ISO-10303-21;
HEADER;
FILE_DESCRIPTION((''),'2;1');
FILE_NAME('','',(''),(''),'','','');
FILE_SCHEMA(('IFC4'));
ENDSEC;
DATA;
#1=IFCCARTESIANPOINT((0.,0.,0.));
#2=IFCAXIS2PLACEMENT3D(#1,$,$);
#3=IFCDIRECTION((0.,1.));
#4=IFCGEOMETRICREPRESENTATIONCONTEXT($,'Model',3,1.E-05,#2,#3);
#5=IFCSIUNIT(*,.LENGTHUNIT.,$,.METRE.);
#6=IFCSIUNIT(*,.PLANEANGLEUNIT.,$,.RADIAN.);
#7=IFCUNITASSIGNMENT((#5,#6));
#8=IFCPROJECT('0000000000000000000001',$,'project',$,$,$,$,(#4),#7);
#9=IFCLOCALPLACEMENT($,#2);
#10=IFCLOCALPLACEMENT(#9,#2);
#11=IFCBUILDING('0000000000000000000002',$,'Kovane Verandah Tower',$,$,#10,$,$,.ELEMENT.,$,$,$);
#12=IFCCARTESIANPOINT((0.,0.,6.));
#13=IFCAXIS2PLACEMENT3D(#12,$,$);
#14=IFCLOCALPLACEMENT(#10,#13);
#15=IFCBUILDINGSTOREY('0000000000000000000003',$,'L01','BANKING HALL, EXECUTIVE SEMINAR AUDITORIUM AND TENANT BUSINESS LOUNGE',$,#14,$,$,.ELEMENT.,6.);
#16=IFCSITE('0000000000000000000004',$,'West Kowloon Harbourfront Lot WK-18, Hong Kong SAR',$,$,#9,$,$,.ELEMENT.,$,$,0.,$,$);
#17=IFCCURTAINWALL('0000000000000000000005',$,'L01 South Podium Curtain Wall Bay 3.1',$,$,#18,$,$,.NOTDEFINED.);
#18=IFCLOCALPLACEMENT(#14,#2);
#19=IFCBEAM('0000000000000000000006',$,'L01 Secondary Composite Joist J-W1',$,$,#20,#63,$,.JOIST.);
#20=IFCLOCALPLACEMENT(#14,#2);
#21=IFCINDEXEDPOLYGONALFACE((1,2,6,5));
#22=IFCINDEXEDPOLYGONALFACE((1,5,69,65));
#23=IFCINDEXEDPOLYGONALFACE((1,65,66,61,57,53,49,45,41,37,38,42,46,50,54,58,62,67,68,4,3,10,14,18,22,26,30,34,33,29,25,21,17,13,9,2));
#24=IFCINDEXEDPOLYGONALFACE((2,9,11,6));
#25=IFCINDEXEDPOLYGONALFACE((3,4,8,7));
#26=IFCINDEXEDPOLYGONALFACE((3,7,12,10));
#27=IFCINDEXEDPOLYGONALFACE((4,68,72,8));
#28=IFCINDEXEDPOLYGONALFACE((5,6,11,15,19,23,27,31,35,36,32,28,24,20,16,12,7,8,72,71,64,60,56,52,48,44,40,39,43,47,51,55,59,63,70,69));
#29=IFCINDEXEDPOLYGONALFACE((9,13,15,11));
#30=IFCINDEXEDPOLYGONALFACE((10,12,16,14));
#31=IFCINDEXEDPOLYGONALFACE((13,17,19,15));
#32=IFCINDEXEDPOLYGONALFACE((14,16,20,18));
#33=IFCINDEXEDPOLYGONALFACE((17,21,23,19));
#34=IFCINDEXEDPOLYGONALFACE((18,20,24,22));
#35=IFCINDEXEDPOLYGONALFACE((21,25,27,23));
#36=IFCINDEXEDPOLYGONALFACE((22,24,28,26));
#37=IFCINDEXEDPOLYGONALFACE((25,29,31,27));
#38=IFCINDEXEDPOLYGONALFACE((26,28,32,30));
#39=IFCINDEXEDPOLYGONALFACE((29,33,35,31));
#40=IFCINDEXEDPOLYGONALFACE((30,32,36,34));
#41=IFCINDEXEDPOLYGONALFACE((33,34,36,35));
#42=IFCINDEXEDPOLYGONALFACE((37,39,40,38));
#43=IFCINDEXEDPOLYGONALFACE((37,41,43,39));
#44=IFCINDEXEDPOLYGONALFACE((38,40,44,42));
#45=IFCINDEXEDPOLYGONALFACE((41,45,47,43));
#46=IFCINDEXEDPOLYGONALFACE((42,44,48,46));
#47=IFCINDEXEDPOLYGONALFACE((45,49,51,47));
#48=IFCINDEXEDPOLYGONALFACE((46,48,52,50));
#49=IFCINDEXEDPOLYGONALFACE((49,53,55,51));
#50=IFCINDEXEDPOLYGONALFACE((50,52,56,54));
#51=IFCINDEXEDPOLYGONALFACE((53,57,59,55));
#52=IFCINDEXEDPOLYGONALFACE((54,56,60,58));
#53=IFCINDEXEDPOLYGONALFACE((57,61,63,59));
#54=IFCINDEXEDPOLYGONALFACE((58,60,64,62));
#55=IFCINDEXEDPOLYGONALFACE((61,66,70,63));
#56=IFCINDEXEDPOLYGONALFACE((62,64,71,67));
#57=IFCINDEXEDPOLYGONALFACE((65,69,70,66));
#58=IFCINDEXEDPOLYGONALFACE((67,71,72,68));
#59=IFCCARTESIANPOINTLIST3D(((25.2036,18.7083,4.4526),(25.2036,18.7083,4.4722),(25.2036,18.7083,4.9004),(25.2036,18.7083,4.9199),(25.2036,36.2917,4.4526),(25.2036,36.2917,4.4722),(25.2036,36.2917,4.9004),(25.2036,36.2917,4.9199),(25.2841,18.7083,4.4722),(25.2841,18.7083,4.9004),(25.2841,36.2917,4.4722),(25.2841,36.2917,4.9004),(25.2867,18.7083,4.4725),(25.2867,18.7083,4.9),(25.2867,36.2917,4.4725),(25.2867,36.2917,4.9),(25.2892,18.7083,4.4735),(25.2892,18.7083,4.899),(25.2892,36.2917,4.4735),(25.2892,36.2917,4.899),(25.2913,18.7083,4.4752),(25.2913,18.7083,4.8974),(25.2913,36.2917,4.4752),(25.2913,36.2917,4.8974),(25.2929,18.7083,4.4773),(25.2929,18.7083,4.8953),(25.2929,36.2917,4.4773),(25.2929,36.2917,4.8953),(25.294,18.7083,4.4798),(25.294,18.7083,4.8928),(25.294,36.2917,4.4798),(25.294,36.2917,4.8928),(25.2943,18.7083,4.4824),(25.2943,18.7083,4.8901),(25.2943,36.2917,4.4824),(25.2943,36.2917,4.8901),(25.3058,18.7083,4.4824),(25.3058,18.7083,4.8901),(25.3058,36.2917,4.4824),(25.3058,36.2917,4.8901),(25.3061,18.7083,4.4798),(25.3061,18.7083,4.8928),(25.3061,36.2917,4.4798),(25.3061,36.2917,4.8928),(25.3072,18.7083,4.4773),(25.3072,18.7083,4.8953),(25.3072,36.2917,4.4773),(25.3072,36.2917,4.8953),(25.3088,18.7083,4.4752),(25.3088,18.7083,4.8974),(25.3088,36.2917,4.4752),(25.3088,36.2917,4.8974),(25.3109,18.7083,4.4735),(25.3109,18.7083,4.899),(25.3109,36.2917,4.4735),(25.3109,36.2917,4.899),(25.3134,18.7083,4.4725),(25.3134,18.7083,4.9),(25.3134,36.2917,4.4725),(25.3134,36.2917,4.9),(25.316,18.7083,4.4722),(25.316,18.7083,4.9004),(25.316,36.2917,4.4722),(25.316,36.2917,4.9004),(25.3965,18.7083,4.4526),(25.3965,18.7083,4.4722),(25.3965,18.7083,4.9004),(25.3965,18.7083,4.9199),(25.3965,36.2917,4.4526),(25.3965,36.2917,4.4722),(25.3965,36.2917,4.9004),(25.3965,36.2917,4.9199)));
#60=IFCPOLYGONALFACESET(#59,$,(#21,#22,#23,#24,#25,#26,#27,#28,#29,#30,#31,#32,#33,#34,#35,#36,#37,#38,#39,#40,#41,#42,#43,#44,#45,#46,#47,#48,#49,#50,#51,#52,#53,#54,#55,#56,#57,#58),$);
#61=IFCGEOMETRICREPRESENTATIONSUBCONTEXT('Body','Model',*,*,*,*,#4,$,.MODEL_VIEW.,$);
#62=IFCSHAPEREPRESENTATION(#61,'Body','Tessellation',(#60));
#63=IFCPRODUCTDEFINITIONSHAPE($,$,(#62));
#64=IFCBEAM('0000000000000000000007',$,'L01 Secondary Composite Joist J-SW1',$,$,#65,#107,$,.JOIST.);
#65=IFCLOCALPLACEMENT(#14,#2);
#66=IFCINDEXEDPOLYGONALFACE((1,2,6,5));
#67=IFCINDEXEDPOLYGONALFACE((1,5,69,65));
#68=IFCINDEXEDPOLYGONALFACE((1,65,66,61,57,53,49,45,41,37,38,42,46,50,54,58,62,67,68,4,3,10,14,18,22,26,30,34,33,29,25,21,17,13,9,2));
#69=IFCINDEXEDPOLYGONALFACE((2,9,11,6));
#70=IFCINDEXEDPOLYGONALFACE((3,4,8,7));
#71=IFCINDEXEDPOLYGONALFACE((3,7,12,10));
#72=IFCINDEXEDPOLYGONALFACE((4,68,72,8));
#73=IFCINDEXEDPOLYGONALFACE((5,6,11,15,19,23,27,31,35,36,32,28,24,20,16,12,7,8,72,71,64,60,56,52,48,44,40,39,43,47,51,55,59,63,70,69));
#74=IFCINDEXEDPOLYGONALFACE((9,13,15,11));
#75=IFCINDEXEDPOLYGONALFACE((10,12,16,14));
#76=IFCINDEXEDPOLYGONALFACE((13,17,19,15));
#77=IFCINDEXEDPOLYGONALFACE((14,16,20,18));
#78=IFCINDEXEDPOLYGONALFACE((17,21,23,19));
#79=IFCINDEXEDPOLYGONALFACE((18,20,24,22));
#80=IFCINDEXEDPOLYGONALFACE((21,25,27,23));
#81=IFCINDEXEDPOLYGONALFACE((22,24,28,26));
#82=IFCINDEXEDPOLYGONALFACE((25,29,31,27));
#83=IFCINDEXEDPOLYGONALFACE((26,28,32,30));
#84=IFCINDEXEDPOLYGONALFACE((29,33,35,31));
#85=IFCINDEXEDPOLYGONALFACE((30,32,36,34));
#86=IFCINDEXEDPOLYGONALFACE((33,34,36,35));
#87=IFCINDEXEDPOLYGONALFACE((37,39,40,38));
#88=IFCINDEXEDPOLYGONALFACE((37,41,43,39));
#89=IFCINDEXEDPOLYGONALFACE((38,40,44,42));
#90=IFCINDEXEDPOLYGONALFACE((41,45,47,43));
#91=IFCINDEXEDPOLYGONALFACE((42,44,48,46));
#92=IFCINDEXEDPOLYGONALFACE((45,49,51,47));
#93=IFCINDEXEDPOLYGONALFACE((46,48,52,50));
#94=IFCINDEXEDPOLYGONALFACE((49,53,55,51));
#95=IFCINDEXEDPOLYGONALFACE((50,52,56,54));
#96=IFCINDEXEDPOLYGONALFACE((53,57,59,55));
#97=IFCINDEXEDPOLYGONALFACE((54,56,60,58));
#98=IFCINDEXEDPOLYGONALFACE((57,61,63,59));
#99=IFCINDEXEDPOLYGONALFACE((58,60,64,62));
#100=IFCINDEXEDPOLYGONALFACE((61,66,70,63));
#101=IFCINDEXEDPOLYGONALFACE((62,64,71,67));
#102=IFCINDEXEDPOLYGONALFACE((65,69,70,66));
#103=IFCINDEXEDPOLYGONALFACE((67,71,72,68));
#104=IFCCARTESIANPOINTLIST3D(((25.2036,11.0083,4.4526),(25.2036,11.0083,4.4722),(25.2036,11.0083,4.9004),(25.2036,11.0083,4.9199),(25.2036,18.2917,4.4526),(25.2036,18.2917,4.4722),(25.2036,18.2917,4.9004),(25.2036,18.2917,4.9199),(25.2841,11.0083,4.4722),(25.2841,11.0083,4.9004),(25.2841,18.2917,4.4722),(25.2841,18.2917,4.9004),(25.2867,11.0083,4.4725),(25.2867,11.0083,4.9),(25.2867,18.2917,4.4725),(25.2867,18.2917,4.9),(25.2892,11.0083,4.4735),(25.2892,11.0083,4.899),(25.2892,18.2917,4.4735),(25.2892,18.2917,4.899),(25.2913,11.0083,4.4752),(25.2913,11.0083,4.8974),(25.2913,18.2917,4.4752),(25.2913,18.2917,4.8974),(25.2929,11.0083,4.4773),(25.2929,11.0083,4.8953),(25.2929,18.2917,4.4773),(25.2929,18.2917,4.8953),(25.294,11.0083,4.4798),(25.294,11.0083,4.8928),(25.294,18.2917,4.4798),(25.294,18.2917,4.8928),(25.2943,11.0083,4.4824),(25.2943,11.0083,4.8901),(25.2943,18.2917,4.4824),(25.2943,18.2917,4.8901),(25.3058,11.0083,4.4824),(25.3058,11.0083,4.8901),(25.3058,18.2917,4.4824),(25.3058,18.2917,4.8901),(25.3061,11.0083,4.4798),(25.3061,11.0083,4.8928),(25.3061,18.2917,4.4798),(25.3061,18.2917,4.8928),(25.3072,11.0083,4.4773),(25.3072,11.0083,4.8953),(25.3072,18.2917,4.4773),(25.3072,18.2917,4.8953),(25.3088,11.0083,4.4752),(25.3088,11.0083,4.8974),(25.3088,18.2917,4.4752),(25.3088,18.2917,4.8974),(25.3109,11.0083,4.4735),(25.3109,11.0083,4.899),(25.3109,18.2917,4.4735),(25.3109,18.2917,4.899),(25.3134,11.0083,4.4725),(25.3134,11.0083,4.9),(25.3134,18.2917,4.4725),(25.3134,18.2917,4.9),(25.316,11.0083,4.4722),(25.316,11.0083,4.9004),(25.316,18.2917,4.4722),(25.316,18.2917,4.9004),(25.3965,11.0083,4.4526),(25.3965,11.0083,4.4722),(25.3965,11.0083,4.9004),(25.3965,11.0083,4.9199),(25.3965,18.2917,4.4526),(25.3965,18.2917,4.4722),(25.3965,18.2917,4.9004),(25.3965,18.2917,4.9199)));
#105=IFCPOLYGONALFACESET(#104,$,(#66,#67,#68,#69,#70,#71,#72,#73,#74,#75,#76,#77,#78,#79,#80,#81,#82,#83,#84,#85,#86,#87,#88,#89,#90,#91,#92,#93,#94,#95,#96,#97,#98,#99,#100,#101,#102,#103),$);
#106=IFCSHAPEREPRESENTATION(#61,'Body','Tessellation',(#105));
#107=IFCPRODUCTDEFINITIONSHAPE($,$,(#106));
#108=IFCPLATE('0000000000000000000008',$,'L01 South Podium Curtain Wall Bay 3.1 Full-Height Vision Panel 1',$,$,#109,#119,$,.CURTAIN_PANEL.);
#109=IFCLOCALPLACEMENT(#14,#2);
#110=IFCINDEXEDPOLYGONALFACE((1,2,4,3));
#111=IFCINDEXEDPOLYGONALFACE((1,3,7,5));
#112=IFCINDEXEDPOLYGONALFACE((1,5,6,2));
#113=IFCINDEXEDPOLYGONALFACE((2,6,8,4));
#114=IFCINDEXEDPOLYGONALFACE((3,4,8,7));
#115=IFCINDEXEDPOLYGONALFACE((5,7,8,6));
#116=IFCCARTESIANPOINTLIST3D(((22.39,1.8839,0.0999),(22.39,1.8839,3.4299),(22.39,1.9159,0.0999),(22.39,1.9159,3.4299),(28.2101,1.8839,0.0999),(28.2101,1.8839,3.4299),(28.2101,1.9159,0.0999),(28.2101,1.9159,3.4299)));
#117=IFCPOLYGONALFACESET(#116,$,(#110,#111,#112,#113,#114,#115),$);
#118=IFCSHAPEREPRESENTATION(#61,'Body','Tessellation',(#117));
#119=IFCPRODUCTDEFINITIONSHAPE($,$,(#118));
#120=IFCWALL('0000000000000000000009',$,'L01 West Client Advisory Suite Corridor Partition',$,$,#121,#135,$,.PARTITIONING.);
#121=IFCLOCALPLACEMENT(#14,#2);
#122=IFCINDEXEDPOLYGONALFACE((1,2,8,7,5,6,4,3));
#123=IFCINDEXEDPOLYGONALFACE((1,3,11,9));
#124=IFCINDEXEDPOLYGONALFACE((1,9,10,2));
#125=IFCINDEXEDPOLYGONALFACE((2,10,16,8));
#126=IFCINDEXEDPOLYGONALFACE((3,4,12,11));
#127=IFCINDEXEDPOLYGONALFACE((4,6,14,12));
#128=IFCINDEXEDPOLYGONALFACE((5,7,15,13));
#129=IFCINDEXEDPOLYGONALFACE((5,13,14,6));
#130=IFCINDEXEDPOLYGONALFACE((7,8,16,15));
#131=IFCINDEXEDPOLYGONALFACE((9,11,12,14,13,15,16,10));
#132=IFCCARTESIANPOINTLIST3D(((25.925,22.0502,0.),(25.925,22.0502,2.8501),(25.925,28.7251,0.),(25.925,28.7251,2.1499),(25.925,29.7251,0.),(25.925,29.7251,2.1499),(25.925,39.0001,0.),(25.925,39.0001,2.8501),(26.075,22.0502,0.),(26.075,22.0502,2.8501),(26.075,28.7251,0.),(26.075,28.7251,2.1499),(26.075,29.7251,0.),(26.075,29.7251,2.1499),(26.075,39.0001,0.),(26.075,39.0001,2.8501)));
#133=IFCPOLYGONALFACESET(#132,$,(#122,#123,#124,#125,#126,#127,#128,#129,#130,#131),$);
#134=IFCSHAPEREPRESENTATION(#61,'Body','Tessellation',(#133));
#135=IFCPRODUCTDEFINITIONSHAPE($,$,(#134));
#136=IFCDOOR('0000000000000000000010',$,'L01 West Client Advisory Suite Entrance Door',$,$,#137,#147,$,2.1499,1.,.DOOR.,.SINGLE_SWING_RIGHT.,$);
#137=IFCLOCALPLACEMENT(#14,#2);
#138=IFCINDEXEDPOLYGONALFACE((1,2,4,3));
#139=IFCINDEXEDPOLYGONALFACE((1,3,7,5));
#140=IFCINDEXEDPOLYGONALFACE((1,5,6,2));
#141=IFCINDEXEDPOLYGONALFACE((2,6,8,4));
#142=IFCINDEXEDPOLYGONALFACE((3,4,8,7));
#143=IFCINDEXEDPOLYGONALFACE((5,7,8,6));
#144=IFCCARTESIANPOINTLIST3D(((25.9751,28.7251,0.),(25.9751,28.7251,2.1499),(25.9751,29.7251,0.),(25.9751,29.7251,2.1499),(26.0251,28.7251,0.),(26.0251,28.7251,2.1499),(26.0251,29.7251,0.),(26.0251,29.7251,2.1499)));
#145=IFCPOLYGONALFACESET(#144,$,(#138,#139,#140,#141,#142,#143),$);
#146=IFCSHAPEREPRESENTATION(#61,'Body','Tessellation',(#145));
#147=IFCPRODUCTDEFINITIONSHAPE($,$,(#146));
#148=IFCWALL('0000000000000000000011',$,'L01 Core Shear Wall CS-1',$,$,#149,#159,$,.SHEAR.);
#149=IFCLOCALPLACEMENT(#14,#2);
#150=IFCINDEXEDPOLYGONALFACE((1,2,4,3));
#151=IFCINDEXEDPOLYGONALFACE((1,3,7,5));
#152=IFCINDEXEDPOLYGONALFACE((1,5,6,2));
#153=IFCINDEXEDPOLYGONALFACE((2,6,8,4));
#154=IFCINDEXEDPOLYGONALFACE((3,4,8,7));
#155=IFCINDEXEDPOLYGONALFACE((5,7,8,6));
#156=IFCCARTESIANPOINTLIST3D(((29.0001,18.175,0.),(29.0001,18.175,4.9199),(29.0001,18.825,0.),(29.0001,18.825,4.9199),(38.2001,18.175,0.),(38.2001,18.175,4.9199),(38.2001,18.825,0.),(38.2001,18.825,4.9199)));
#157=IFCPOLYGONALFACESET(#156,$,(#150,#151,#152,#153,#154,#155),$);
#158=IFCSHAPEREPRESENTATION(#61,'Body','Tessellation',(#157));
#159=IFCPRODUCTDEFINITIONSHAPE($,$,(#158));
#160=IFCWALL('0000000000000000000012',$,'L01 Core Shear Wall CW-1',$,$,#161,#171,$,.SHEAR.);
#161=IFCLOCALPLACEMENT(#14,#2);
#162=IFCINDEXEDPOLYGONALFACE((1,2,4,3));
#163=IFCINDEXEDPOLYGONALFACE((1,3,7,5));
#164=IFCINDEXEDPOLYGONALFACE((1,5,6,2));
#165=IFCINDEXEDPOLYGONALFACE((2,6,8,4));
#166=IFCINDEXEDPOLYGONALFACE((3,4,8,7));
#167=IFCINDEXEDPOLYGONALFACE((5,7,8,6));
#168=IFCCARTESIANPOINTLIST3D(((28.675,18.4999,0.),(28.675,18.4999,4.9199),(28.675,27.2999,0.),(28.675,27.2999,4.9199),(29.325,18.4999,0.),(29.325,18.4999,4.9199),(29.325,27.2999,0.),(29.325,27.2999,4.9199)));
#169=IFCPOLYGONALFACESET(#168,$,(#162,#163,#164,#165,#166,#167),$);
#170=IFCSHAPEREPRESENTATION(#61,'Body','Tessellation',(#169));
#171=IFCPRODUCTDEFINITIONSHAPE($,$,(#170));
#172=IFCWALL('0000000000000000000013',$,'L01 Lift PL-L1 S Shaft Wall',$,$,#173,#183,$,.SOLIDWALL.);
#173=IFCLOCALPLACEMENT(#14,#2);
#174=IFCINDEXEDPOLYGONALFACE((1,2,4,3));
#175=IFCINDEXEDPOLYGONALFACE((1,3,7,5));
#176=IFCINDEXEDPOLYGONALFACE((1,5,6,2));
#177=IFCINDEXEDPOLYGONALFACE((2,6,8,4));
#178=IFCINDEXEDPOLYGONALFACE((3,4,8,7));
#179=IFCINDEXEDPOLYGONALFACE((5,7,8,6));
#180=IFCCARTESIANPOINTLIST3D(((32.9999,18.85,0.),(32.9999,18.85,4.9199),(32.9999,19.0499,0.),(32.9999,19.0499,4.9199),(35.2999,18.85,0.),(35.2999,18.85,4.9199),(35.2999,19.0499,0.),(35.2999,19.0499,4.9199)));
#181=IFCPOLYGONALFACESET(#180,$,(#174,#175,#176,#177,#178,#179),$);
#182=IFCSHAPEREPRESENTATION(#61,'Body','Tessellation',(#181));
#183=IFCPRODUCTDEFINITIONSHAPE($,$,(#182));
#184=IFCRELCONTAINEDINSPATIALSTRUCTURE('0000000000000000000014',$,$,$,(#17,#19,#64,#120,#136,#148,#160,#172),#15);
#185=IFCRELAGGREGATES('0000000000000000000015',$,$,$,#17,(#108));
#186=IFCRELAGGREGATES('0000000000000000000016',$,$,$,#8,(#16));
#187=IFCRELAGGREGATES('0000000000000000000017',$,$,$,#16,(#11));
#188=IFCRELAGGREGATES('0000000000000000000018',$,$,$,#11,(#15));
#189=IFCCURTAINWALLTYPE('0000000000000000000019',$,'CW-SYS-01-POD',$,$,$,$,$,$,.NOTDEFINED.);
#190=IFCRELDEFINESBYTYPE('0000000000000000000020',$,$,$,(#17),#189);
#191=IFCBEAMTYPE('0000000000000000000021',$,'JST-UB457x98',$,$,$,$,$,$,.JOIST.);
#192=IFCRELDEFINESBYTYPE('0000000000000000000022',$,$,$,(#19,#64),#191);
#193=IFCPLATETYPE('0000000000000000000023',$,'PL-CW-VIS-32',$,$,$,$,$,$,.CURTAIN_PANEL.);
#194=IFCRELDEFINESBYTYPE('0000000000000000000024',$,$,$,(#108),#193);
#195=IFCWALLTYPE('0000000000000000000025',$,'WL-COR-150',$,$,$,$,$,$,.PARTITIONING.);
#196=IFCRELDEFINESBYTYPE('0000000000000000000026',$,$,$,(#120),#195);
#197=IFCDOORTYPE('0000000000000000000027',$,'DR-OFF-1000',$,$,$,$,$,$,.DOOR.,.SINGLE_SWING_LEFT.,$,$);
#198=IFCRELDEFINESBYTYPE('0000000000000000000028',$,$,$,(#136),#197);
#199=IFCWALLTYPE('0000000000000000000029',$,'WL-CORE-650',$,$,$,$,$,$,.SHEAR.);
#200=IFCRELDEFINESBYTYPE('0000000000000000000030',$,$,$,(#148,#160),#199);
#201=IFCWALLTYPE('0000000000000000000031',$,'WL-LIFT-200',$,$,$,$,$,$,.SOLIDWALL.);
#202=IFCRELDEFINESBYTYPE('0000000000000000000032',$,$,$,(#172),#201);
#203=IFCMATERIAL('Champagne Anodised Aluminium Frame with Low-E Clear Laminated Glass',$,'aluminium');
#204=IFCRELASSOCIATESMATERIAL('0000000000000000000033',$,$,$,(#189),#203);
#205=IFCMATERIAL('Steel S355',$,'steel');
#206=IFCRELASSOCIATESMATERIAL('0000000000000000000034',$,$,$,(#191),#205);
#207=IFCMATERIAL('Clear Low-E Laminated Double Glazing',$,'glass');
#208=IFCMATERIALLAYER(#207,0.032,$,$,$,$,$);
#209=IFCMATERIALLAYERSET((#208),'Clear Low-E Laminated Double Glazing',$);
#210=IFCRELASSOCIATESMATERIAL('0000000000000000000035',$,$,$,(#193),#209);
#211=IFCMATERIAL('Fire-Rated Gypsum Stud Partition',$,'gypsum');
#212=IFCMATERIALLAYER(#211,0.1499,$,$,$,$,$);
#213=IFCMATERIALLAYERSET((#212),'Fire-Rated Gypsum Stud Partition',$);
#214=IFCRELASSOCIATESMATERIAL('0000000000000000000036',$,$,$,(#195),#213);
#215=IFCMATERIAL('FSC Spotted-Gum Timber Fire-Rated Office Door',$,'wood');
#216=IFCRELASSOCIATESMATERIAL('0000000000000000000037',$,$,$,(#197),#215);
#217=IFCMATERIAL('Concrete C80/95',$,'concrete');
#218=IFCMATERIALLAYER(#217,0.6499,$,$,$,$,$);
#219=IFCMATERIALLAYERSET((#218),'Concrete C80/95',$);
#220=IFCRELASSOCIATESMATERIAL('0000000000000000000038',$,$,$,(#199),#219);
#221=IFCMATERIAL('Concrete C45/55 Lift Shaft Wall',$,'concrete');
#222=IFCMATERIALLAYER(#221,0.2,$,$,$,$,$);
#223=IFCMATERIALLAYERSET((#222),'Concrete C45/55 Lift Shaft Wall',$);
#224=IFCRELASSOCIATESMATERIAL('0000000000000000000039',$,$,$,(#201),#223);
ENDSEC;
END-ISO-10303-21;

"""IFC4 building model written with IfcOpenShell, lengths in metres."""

from ifc_helpers import new_model, si_unit, direction, frame, frame_2d, origin, origin_2d, place, context, subcontext, project, spatial, rectangle, i_section, extrude, material, layer, layer_set, material_profile, profile_set, type_object, element, fill, aggregate, save


model = new_model("IFC4")

# Units and contexts
model_context = context("Model", 3, precision=1e-05, world=origin(), true_north=direction((0.0, 1.0)))
body_context = subcontext(model_context, "Body", "Model", "MODEL_VIEW")
ifc_project = project(units=[si_unit("LENGTHUNIT", "METRE"), si_unit("PLANEANGLEUNIT", "RADIAN")], contexts=[model_context])

# Site, building, storey
site_placement = place(None, origin())
site = spatial("IfcSite", under=ifc_project, at=site_placement, Name="West Kowloon Harbourfront Lot WK-18, Hong Kong SAR", CompositionType="ELEMENT", RefElevation=0.0)
building_placement = place(site_placement, origin())
building = spatial("IfcBuilding", under=site, at=building_placement, Name="Kovane Verandah Tower", CompositionType="ELEMENT")
storey_placement = place(building_placement, frame((0.0, 0.0, 6.0)))
storey = spatial("IfcBuildingStorey", under=building, at=storey_placement, Name="L01", Description="BANKING HALL, EXECUTIVE SEMINAR AUDITORIUM AND TENANT BUSINESS LOUNGE", CompositionType="ELEMENT", Elevation=6.0)

# Shared definitions
ifc_material_1 = material(Name="Concrete C80/95", Category="concrete")

# Curtain wall
ifc_material_2 = material(Name="Champagne Anodised Aluminium Frame with Low-E Clear Laminated Glass", Category="aluminium")
curtain_wall_type = type_object("IfcCurtainWallType", Name="CW-SYS-01-POD", PredefinedType="NOTDEFINED", material=ifc_material_2)
curtain_wall_placement = place(storey_placement, origin())
curtain_wall = element("IfcCurtainWall", 1, at=curtain_wall_placement, inside=storey, type_object=curtain_wall_type, Name="L01 South Podium Curtain Wall Bay 3.1", PredefinedType="NOTDEFINED")

# Beams
ifc_material_3 = material(Name="Steel S355", Category="steel")
ifc_material_profile_1 = material_profile(ifc_material_3, i_section(OverallWidth=0.1929, OverallDepth=0.4673, WebThickness=0.0115, FlangeThickness=0.0195, FilletRadius=0.0103, at=origin_2d()), Name="UB457x191x98")
ifc_profile_set_1 = profile_set([ifc_material_profile_1], Name="Steel S355")
beam_type_1 = type_object("IfcBeamType", Name="JST-UB457x98", PredefinedType="JOIST", material=ifc_profile_set_1)
beam_1_placement = place(storey_placement, frame((25.3, 18.7083, 4.6863), z_axis=(0.0, 1.0, 0.0), x_axis=(-1.0, 0.0, 0.0)))
element("IfcBeam", 2, at=beam_1_placement, inside=storey, type_object=beam_type_1, Name="L01 Secondary Composite Joist J-W1", PredefinedType="JOIST", context=body_context, shape_type="SweptSolid", body=[
    extrude(i_section(OverallWidth=0.1929, OverallDepth=0.4673, WebThickness=0.0115, FlangeThickness=0.0195, FilletRadius=0.0103, at=origin_2d()), origin(), (0.0, 0.0, 1.0), 17.5835),
])
beam_2_placement = place(storey_placement, frame((25.3, 11.0083, 4.6863), z_axis=(0.0, 1.0, 0.0), x_axis=(-1.0, 0.0, 0.0)))
element("IfcBeam", 3, at=beam_2_placement, inside=storey, type_object=beam_type_1, Name="L01 Secondary Composite Joist J-SW1", PredefinedType="JOIST", context=body_context, shape_type="SweptSolid", body=[
    extrude(i_section(OverallWidth=0.1929, OverallDepth=0.4673, WebThickness=0.0115, FlangeThickness=0.0195, FilletRadius=0.0103, at=origin_2d()), origin(), (0.0, 0.0, 1.0), 7.2834),
])

# Plate
ifc_material_4 = material(Name="Clear Low-E Laminated Double Glazing", Category="glass")
ifc_layer_1 = layer(ifc_material_4, 0.032)
ifc_layer_set_1 = layer_set([ifc_layer_1], Name="Clear Low-E Laminated Double Glazing")
plate_type = type_object("IfcPlateType", Name="PL-CW-VIS-32", PredefinedType="CURTAIN_PANEL", material=ifc_layer_set_1)
plate_placement = place(storey_placement, frame((25.3, 1.8999, 0.0999), z_axis=(0.0, 0.0, 1.0), x_axis=(1.0, 0.0, 0.0)))
plate = element("IfcPlate", 4, at=plate_placement, type_object=plate_type, Name="L01 South Podium Curtain Wall Bay 3.1 Full-Height Vision Panel 1", PredefinedType="CURTAIN_PANEL", context=body_context, shape_type="SweptSolid", body=[
    extrude(rectangle(XDim=5.8201, YDim=0.032, at=origin_2d()), origin(), (0.0, 0.0, 1.0), 3.3301),
])
aggregate(curtain_wall, [plate])

# Wall, opening, door
ifc_material_5 = material(Name="Fire-Rated Gypsum Stud Partition", Category="gypsum")
ifc_layer_2 = layer(ifc_material_5, 0.1499)
ifc_layer_set_2 = layer_set([ifc_layer_2], Name="Fire-Rated Gypsum Stud Partition")
wall_type_1 = type_object("IfcWallType", Name="WL-COR-150", PredefinedType="PARTITIONING", material=ifc_layer_set_2)
wall_1_placement = place(storey_placement, frame((26.0, 22.05, 0.0), z_axis=(0.0, 0.0, 1.0), x_axis=(0.0, 1.0, 0.0)))
wall_1 = element("IfcWall", 5, at=wall_1_placement, inside=storey, type_object=wall_type_1, Name="L01 West Client Advisory Suite Corridor Partition", PredefinedType="PARTITIONING", context=body_context, shape_type="SweptSolid", body=[
    extrude(rectangle(XDim=16.95, YDim=0.1499, at=frame_2d((8.4751, 0.0))), origin(), (0.0, 0.0, 1.0), 2.8501),
])
opening_1_placement = place(wall_1_placement, frame((6.675, 0.0, 0.0)))
opening_1 = element("IfcOpeningElement", 6, at=opening_1_placement, cuts=wall_1, PredefinedType="OPENING", context=body_context, shape_type="SweptSolid", body=[
    extrude(rectangle(XDim=1.0, YDim=2.1499, at=frame_2d((0.5, 1.075))), frame((0.0, 0.075, 0.0), z_axis=(0.0, -1.0, 0.0), x_axis=(1.0, 0.0, 0.0)), (0.0, 0.0, 1.0), 0.1499),
])
ifc_material_6 = material(Name="FSC Spotted-Gum Timber Fire-Rated Office Door", Category="wood")
door_type_1 = type_object("IfcDoorType", Name="DR-OFF-1000", OperationType="SINGLE_SWING_LEFT", PredefinedType="DOOR", material=ifc_material_6)
door_1_placement = place(opening_1_placement, origin())
door_1 = element("IfcDoor", 7, at=door_1_placement, inside=storey, type_object=door_type_1, Name="L01 West Client Advisory Suite Entrance Door", OperationType="SINGLE_SWING_RIGHT", OverallHeight=2.1499, OverallWidth=1.0, PredefinedType="DOOR", context=body_context, shape_type="SweptSolid", body=[
    extrude(rectangle(XDim=1.0, YDim=2.1499, at=frame_2d((0.5, 1.075))), frame((0.0, 0.0249, 0.0), z_axis=(0.0, -1.0, 0.0), x_axis=(1.0, 0.0, 0.0)), (0.0, 0.0, 1.0), 0.05),
])
fill(opening_1, door_1)

# Walls
ifc_layer_3 = layer(ifc_material_1, 0.6499)
ifc_layer_set_3 = layer_set([ifc_layer_3], Name="Concrete C80/95")
wall_type_2 = type_object("IfcWallType", Name="WL-CORE-650", PredefinedType="SHEAR", material=ifc_layer_set_3)
wall_2_placement = place(storey_placement, frame((29.0, 18.5, 0.0), z_axis=(0.0, 0.0, 1.0), x_axis=(1.0, 0.0, 0.0)))
element("IfcWall", 8, at=wall_2_placement, inside=storey, type_object=wall_type_2, Name="L01 Core Shear Wall CS-1", PredefinedType="SHEAR", context=body_context, shape_type="SweptSolid", body=[
    extrude(rectangle(XDim=9.2, YDim=0.6499, at=frame_2d((4.6001, 0.0))), origin(), (0.0, 0.0, 1.0), 4.9199),
])
wall_3_placement = place(storey_placement, frame((29.0, 18.5, 0.0), z_axis=(0.0, 0.0, 1.0), x_axis=(0.0, 1.0, 0.0)))
element("IfcWall", 9, at=wall_3_placement, inside=storey, type_object=wall_type_2, Name="L01 Core Shear Wall CW-1", PredefinedType="SHEAR", context=body_context, shape_type="SweptSolid", body=[
    extrude(rectangle(XDim=8.8, YDim=0.6499, at=frame_2d((4.3999, 0.0))), origin(), (0.0, 0.0, 1.0), 4.9199),
])
ifc_material_7 = material(Name="Concrete C45/55 Lift Shaft Wall", Category="concrete")
ifc_layer_4 = layer(ifc_material_7, 0.2)
ifc_layer_set_4 = layer_set([ifc_layer_4], Name="Concrete C45/55 Lift Shaft Wall")
wall_type_3 = type_object("IfcWallType", Name="WL-LIFT-200", PredefinedType="SOLIDWALL", material=ifc_layer_set_4)
for number, where, z_axis, x_axis, name in (
    (10, (33.0, 18.95, 0.0), (0.0, 0.0, 1.0), (1.0, 0.0, 0.0), "L01 Lift PL-L1 S Shaft Wall"),
):
    element("IfcWall", number, at=place(storey_placement, frame(where, z_axis=z_axis, x_axis=x_axis)), inside=storey, type_object=wall_type_3, Name=name, PredefinedType="SOLIDWALL", context=body_context, shape_type="SweptSolid", body=[
        extrude(rectangle(XDim=2.3, YDim=0.2, at=frame_2d((1.1499, 0.0))), origin(), (0.0, 0.0, 1.0), 4.9199),
    ])

save(model, "model.ifc")
